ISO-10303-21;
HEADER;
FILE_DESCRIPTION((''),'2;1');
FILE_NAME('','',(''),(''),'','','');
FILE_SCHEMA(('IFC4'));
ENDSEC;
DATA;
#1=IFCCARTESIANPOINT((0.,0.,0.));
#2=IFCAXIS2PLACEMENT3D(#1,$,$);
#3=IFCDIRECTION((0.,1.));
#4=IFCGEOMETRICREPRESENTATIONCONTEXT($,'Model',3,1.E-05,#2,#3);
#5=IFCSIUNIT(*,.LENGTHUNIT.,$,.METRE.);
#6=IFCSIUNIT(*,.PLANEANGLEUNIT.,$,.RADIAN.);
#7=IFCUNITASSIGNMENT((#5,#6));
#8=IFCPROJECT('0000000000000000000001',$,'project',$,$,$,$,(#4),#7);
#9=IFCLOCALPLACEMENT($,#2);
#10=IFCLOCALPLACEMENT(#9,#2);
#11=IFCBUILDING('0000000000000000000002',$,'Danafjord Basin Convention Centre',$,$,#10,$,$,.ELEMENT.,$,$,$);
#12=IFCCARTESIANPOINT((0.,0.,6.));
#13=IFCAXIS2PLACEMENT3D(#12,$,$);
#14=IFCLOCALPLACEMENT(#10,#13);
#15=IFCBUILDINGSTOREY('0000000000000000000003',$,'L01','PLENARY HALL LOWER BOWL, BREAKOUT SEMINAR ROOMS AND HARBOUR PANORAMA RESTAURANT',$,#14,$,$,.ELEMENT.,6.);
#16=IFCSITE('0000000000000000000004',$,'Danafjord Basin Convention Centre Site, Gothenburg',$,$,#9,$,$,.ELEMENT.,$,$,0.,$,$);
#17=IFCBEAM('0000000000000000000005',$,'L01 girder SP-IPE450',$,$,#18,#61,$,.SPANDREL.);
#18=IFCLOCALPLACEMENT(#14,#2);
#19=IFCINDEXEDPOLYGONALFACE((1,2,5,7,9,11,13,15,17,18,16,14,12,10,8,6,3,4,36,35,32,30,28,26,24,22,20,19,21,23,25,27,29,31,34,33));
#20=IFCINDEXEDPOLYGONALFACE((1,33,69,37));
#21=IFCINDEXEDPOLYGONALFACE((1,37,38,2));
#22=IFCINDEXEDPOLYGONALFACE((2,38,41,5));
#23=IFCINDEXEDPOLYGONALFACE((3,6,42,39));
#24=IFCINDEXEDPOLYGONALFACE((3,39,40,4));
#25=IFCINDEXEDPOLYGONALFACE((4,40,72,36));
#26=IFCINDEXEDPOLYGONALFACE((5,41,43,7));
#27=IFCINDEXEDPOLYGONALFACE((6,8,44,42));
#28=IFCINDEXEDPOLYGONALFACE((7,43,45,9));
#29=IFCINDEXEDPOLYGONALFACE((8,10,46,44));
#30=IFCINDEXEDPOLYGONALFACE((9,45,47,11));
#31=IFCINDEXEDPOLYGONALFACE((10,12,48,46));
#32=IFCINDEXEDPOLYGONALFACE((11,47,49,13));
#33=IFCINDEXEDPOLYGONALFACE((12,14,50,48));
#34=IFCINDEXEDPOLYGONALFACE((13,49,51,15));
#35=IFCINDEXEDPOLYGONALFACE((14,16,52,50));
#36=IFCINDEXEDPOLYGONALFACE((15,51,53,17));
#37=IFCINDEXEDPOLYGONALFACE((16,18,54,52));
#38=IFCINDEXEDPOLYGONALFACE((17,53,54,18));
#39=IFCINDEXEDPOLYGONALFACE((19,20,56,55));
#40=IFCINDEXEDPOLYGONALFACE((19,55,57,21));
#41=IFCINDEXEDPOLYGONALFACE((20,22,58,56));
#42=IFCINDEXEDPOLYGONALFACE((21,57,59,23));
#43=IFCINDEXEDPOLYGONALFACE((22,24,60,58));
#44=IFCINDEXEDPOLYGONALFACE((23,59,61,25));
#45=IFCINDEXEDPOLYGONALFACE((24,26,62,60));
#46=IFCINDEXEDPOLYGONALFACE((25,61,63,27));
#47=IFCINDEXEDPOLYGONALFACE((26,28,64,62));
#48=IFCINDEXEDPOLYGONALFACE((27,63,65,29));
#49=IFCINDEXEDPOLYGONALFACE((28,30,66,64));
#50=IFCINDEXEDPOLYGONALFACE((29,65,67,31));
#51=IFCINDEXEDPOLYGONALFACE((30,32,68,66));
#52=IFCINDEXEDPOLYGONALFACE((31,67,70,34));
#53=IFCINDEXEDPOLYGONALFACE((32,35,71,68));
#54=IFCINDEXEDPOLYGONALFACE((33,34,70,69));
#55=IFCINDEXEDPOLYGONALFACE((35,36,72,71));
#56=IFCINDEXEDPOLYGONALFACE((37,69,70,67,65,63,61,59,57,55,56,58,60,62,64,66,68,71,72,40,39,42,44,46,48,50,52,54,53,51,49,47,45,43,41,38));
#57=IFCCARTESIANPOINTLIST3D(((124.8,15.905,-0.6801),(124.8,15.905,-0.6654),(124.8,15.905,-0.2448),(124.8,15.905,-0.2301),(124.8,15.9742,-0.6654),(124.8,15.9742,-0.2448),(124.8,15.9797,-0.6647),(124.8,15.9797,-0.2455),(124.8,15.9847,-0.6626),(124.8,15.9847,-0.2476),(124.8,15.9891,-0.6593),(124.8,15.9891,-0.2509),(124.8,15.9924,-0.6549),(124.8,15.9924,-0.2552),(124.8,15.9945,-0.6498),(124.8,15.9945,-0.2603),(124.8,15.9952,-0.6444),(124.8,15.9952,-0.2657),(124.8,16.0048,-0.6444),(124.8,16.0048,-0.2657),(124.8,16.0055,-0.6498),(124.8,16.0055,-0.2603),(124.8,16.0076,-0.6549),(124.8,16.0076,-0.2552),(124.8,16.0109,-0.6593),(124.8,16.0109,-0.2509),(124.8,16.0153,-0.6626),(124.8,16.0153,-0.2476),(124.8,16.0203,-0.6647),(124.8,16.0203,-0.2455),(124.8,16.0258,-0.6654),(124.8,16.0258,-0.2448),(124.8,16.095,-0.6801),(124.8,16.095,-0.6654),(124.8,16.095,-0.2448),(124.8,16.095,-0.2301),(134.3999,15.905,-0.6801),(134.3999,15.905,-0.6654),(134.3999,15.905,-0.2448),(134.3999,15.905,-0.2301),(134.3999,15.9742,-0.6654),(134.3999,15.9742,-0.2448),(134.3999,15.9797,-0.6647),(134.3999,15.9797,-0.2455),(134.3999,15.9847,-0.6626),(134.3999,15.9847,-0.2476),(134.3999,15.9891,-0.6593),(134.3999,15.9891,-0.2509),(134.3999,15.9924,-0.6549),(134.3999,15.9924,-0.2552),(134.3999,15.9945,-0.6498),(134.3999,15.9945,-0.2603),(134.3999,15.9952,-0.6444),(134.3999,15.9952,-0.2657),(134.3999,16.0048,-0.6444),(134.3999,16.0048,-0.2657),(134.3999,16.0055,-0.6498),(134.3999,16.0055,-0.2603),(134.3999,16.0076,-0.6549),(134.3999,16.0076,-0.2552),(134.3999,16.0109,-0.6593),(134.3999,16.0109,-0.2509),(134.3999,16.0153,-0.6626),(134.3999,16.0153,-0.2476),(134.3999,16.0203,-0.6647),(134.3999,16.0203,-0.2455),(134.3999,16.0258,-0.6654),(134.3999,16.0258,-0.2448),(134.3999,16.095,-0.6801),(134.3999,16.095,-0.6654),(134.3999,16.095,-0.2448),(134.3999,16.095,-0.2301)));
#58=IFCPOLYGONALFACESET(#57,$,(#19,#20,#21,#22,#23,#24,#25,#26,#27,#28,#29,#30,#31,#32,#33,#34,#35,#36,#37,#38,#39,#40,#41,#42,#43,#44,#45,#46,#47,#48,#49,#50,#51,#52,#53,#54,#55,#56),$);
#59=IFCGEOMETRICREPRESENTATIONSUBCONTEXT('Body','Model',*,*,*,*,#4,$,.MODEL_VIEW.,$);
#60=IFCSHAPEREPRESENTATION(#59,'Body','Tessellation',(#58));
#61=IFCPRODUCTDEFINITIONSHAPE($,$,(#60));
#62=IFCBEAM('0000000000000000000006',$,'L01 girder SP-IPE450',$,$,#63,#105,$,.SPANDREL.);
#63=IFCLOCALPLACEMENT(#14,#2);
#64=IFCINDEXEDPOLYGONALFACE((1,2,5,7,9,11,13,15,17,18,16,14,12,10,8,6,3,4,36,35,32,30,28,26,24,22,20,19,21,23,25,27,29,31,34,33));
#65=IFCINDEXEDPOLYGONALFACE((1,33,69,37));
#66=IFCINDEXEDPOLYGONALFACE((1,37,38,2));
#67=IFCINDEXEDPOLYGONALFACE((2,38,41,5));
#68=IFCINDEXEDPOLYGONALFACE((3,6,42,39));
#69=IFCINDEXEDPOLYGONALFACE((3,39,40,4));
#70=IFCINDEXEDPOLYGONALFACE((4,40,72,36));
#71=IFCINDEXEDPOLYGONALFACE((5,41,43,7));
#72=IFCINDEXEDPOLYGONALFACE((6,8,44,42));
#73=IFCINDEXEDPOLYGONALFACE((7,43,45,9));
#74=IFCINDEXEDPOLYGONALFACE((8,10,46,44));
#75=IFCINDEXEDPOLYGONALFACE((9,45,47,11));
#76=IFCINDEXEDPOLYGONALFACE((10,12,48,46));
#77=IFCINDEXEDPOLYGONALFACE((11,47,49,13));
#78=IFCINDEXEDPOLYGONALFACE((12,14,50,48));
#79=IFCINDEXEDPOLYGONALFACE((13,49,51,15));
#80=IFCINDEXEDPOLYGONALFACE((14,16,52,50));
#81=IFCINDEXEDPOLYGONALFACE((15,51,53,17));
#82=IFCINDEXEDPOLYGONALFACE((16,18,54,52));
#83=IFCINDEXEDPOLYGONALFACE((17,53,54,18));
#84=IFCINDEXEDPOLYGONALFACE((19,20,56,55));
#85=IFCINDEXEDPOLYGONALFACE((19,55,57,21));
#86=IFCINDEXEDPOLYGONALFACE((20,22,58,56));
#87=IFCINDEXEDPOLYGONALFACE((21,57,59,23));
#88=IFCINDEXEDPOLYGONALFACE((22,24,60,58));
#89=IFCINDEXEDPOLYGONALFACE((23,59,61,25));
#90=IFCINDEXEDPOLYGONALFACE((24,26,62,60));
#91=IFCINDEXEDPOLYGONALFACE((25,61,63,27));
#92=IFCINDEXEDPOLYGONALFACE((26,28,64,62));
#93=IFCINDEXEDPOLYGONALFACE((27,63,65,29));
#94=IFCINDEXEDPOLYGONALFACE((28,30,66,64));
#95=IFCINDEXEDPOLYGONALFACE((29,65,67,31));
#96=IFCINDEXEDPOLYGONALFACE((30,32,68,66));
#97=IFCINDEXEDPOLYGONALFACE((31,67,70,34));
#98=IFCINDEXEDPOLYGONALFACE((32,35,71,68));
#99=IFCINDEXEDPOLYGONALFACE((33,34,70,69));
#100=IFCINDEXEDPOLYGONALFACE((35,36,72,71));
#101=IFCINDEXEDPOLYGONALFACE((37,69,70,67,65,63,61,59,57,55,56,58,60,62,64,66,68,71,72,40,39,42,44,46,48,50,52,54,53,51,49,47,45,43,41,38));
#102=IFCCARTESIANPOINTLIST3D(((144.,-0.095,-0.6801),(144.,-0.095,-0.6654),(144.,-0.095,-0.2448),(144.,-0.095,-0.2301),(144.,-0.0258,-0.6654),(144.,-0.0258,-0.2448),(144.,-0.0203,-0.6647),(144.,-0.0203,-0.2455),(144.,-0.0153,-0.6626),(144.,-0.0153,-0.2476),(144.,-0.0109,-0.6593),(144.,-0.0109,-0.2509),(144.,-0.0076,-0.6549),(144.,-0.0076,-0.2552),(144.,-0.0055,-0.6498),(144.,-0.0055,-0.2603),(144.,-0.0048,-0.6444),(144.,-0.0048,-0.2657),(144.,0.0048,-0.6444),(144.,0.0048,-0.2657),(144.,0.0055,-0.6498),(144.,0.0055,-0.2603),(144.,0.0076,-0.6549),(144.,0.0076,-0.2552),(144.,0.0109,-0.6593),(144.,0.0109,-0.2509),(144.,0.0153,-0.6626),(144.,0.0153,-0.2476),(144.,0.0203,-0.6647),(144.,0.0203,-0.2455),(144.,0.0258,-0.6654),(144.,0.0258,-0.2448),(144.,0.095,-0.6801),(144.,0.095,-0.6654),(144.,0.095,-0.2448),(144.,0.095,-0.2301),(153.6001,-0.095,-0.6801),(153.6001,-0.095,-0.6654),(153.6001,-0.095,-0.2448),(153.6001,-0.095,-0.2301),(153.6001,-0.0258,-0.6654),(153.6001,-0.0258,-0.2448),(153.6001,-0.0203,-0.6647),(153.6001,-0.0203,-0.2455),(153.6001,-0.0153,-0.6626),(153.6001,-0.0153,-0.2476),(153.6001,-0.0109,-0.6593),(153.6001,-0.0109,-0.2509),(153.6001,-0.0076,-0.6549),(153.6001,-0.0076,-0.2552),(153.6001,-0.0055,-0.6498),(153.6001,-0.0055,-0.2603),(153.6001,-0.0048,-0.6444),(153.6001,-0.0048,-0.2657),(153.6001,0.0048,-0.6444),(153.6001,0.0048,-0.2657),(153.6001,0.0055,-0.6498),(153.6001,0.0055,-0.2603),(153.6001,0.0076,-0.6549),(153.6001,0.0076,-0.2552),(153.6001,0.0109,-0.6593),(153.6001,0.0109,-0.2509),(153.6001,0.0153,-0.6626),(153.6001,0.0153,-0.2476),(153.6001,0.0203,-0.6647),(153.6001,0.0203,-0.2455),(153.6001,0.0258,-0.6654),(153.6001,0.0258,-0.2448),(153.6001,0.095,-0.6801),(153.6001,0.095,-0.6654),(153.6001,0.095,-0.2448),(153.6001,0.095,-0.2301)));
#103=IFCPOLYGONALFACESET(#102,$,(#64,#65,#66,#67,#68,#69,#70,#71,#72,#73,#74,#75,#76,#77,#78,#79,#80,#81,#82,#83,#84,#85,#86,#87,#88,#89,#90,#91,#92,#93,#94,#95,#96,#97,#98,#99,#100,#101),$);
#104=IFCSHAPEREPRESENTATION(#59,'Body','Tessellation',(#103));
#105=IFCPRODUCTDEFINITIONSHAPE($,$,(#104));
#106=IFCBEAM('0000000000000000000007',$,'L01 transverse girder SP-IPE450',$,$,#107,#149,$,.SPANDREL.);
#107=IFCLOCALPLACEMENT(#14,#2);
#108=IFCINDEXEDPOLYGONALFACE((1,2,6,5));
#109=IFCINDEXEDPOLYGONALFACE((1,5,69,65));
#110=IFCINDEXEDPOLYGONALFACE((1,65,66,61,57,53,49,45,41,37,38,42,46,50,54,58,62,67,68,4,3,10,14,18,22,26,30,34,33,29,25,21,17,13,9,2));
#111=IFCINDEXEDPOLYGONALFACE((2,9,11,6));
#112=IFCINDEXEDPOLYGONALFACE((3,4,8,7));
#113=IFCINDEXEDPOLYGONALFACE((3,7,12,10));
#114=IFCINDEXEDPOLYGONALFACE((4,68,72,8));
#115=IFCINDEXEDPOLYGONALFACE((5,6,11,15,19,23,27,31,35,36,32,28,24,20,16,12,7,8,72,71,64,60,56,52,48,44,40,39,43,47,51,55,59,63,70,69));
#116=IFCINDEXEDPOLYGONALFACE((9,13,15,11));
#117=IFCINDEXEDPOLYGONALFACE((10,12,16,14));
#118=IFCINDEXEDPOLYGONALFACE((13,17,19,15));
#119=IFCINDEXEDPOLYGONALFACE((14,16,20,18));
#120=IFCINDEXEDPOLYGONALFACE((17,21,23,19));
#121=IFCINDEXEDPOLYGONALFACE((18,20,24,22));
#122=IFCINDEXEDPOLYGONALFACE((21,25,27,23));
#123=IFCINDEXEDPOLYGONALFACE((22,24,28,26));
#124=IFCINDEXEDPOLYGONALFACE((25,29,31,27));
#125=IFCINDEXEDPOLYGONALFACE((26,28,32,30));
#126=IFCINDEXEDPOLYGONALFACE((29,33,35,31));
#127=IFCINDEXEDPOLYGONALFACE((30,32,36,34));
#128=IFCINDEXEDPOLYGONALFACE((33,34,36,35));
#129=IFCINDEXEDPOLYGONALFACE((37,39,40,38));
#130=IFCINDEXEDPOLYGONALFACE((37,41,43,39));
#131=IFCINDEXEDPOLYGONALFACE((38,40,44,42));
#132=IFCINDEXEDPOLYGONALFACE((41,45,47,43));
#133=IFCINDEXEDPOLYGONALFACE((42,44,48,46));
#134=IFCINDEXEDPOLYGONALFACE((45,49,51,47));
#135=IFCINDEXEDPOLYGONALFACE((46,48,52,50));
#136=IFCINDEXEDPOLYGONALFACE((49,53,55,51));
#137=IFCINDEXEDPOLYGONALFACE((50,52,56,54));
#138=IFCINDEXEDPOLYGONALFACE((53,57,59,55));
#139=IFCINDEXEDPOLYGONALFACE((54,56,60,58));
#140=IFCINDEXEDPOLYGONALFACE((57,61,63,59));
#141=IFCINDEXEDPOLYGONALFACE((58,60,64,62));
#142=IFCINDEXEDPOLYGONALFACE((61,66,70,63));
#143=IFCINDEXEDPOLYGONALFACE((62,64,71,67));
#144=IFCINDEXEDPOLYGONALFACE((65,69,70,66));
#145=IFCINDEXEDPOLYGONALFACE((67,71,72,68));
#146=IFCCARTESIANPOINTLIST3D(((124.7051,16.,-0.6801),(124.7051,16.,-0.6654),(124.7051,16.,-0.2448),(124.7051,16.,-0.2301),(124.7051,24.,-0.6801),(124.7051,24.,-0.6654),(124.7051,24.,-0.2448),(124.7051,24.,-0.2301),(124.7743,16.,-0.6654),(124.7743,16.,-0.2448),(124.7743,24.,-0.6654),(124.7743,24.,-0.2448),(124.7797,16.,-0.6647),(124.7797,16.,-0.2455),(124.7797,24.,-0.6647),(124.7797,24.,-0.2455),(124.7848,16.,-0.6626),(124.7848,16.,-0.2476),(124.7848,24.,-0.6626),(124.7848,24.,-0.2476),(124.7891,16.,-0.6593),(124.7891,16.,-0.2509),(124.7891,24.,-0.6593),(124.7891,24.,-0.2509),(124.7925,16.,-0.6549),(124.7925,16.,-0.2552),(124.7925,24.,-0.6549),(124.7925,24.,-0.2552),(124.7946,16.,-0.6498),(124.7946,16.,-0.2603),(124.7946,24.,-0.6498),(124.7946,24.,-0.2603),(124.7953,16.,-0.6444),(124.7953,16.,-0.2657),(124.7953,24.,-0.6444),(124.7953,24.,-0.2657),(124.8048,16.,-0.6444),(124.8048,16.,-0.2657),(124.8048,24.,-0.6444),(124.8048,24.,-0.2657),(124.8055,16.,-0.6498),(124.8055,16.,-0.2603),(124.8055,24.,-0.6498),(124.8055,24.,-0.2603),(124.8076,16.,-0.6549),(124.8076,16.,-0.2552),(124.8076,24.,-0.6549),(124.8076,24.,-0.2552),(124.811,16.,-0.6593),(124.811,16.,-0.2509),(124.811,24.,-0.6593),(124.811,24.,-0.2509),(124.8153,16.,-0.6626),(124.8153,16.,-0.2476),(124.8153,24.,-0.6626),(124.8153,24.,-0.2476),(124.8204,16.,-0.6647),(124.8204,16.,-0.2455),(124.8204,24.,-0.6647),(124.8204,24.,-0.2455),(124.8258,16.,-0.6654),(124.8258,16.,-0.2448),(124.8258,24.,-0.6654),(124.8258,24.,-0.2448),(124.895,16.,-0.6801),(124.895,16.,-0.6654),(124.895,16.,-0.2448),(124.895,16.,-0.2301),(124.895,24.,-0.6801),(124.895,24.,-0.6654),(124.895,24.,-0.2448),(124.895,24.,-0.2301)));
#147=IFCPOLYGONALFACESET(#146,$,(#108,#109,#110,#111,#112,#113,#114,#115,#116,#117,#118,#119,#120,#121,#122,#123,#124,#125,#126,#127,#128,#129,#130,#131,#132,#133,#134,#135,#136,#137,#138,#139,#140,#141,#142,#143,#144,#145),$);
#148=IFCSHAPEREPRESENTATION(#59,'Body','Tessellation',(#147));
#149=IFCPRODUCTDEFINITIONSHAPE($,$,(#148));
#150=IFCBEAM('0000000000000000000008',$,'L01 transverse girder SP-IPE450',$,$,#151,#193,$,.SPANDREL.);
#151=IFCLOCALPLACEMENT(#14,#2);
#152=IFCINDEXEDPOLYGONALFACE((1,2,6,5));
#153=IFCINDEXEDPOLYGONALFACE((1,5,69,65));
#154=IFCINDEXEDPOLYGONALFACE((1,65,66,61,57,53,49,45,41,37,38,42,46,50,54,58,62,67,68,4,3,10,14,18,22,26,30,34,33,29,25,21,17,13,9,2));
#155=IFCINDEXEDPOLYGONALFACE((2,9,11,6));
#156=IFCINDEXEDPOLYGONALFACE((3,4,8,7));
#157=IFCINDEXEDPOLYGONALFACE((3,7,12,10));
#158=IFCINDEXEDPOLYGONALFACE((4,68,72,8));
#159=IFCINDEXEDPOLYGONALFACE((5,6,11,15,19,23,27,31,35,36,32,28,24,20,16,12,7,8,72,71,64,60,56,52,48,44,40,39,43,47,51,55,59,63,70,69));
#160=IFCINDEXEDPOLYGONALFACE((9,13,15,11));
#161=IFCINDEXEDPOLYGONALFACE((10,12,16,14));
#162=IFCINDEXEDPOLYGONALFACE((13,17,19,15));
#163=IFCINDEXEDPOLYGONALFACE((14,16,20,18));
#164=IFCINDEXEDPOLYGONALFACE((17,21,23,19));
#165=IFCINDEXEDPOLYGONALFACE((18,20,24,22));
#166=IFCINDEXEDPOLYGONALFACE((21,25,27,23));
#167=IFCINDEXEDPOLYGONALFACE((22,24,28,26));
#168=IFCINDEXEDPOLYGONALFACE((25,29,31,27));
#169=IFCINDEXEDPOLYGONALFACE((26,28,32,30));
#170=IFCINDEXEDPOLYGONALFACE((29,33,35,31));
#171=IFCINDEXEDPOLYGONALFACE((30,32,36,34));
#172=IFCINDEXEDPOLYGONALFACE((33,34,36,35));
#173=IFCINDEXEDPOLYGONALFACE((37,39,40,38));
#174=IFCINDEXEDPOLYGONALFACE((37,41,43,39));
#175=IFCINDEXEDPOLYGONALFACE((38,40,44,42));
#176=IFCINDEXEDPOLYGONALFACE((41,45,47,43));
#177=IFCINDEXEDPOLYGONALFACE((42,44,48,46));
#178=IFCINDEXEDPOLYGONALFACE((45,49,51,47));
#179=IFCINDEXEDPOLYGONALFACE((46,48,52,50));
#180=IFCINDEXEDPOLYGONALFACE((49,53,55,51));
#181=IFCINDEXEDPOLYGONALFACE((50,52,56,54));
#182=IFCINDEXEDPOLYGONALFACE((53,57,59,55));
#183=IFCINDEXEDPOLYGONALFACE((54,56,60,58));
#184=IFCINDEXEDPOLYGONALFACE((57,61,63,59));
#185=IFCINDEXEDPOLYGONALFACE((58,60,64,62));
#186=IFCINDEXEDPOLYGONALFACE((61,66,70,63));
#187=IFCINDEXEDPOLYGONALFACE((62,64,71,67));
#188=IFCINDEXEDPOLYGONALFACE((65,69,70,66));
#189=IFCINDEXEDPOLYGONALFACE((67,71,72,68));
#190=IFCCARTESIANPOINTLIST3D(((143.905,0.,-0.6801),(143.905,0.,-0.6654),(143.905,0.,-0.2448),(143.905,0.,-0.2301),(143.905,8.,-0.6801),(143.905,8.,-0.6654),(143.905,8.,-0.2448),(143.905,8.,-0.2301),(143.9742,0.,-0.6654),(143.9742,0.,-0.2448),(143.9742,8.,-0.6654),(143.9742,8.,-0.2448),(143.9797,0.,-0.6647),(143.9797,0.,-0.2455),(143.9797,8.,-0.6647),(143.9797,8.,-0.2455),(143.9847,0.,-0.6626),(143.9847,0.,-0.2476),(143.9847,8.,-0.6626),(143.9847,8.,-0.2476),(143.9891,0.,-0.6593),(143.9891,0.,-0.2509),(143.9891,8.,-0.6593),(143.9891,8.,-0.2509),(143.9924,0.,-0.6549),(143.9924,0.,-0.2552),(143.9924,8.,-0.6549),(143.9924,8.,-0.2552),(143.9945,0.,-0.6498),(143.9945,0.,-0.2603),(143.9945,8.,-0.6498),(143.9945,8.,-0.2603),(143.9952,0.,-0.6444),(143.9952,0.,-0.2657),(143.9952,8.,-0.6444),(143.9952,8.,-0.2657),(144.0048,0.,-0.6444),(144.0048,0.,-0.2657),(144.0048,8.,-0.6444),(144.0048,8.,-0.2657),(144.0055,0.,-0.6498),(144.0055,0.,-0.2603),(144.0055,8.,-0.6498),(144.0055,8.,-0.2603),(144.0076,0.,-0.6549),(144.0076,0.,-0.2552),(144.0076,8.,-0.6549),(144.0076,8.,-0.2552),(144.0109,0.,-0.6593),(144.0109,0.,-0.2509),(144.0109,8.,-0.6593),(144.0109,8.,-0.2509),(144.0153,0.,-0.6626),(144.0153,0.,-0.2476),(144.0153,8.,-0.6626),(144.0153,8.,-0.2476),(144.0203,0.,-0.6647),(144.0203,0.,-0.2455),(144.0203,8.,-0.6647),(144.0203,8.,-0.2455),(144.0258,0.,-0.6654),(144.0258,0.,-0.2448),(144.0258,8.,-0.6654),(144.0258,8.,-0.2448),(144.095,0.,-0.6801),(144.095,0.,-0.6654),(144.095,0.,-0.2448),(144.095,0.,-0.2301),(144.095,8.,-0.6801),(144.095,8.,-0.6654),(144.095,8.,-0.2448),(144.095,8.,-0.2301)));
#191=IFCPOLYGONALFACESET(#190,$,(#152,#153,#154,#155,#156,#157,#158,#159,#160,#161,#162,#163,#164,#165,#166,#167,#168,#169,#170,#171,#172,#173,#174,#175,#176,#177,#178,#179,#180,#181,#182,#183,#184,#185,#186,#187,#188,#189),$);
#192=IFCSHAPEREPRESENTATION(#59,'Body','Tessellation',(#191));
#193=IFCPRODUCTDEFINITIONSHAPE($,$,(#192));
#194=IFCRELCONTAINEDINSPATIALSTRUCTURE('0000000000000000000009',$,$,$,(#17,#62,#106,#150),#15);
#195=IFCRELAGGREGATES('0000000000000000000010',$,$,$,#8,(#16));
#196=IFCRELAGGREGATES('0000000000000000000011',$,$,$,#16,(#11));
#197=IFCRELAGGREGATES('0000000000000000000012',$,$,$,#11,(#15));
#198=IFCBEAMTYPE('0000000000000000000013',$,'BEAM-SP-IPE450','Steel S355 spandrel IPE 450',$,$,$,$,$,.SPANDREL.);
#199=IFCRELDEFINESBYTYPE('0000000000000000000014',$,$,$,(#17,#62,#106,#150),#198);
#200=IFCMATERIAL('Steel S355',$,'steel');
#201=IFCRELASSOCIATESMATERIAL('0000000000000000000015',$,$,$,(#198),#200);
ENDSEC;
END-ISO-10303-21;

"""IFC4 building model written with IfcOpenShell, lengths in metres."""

from ifc_helpers import new_model, si_unit, direction, frame, origin, origin_2d, place, context, subcontext, project, spatial, i_section, extrude, material, material_profile, profile_set, type_object, element, save


model = new_model("IFC4")

# Units and contexts
model_context = context("Model", 3, precision=1e-05, world=origin(), true_north=direction((0.0, 1.0)))
body_context = subcontext(model_context, "Body", "Model", "MODEL_VIEW")
ifc_project = project(units=[si_unit("LENGTHUNIT", "METRE"), si_unit("PLANEANGLEUNIT", "RADIAN")], contexts=[model_context])

# Site, building, storey
site_placement = place(None, origin())
site = spatial("IfcSite", under=ifc_project, at=site_placement, Name="Danafjord Basin Convention Centre Site, Gothenburg", CompositionType="ELEMENT", RefElevation=0.0)
building_placement = place(site_placement, origin())
building = spatial("IfcBuilding", under=site, at=building_placement, Name="Danafjord Basin Convention Centre", CompositionType="ELEMENT")
storey_placement = place(building_placement, frame((0.0, 0.0, 6.0)))
storey = spatial("IfcBuildingStorey", under=building, at=storey_placement, Name="L01", Description="PLENARY HALL LOWER BOWL, BREAKOUT SEMINAR ROOMS AND HARBOUR PANORAMA RESTAURANT", CompositionType="ELEMENT", Elevation=6.0)

# Shared definitions
ifc_material_1 = material(Name="Steel S355", Category="steel")

# Beams
ifc_material_profile_1 = material_profile(ifc_material_1, i_section(OverallWidth=0.1899, OverallDepth=0.45, WebThickness=0.0095, FlangeThickness=0.0146, FilletRadius=0.021, at=origin_2d()), Name="IPE 450")
ifc_profile_set_1 = profile_set([ifc_material_profile_1], Name="Steel S355")
beam_type_1 = type_object("IfcBeamType", Name="BEAM-SP-IPE450", Description="Steel S355 spandrel IPE 450", PredefinedType="SPANDREL", material=ifc_profile_set_1)
beam_1_placement = place(storey_placement, frame((124.8, 16.0, -0.4551), z_axis=(1.0, 0.0, 0.0), x_axis=(0.0, 1.0, 0.0)))
element("IfcBeam", 1, at=beam_1_placement, inside=storey, type_object=beam_type_1, Name="L01 girder SP-IPE450", PredefinedType="SPANDREL", context=body_context, shape_type="SweptSolid", body=[
    extrude(i_section(OverallWidth=0.1899, OverallDepth=0.45, WebThickness=0.0095, FlangeThickness=0.0146, FilletRadius=0.021, at=origin_2d()), origin(), (0.0, 0.0, 1.0), 9.5999),
])
beam_2_placement = place(storey_placement, frame((144.0, 0.0, -0.4551), z_axis=(1.0, 0.0, 0.0), x_axis=(0.0, 1.0, 0.0)))
element("IfcBeam", 2, at=beam_2_placement, inside=storey, type_object=beam_type_1, Name="L01 girder SP-IPE450", PredefinedType="SPANDREL", context=body_context, shape_type="SweptSolid", body=[
    extrude(i_section(OverallWidth=0.1899, OverallDepth=0.45, WebThickness=0.0095, FlangeThickness=0.0146, FilletRadius=0.021, at=origin_2d()), origin(), (0.0, 0.0, 1.0), 9.6001),
])
for number, where, z_axis, x_axis, name in (
    (3, (124.8, 16.0, -0.4551), (0.0, 1.0, 0.0), (-1.0, 0.0, 0.0), "L01 transverse girder SP-IPE450"),
    (4, (144.0, 0.0, -0.4551), (0.0, 1.0, 0.0), (-1.0, 0.0, 0.0), "L01 transverse girder SP-IPE450"),
):
    element("IfcBeam", number, at=place(storey_placement, frame(where, z_axis=z_axis, x_axis=x_axis)), inside=storey, type_object=beam_type_1, Name=name, PredefinedType="SPANDREL", context=body_context, shape_type="SweptSolid", body=[
        extrude(i_section(OverallWidth=0.1899, OverallDepth=0.45, WebThickness=0.0095, FlangeThickness=0.0146, FilletRadius=0.021, at=origin_2d()), origin(), (0.0, 0.0, 1.0), 8.0),
    ])

save(model, "model.ifc")
